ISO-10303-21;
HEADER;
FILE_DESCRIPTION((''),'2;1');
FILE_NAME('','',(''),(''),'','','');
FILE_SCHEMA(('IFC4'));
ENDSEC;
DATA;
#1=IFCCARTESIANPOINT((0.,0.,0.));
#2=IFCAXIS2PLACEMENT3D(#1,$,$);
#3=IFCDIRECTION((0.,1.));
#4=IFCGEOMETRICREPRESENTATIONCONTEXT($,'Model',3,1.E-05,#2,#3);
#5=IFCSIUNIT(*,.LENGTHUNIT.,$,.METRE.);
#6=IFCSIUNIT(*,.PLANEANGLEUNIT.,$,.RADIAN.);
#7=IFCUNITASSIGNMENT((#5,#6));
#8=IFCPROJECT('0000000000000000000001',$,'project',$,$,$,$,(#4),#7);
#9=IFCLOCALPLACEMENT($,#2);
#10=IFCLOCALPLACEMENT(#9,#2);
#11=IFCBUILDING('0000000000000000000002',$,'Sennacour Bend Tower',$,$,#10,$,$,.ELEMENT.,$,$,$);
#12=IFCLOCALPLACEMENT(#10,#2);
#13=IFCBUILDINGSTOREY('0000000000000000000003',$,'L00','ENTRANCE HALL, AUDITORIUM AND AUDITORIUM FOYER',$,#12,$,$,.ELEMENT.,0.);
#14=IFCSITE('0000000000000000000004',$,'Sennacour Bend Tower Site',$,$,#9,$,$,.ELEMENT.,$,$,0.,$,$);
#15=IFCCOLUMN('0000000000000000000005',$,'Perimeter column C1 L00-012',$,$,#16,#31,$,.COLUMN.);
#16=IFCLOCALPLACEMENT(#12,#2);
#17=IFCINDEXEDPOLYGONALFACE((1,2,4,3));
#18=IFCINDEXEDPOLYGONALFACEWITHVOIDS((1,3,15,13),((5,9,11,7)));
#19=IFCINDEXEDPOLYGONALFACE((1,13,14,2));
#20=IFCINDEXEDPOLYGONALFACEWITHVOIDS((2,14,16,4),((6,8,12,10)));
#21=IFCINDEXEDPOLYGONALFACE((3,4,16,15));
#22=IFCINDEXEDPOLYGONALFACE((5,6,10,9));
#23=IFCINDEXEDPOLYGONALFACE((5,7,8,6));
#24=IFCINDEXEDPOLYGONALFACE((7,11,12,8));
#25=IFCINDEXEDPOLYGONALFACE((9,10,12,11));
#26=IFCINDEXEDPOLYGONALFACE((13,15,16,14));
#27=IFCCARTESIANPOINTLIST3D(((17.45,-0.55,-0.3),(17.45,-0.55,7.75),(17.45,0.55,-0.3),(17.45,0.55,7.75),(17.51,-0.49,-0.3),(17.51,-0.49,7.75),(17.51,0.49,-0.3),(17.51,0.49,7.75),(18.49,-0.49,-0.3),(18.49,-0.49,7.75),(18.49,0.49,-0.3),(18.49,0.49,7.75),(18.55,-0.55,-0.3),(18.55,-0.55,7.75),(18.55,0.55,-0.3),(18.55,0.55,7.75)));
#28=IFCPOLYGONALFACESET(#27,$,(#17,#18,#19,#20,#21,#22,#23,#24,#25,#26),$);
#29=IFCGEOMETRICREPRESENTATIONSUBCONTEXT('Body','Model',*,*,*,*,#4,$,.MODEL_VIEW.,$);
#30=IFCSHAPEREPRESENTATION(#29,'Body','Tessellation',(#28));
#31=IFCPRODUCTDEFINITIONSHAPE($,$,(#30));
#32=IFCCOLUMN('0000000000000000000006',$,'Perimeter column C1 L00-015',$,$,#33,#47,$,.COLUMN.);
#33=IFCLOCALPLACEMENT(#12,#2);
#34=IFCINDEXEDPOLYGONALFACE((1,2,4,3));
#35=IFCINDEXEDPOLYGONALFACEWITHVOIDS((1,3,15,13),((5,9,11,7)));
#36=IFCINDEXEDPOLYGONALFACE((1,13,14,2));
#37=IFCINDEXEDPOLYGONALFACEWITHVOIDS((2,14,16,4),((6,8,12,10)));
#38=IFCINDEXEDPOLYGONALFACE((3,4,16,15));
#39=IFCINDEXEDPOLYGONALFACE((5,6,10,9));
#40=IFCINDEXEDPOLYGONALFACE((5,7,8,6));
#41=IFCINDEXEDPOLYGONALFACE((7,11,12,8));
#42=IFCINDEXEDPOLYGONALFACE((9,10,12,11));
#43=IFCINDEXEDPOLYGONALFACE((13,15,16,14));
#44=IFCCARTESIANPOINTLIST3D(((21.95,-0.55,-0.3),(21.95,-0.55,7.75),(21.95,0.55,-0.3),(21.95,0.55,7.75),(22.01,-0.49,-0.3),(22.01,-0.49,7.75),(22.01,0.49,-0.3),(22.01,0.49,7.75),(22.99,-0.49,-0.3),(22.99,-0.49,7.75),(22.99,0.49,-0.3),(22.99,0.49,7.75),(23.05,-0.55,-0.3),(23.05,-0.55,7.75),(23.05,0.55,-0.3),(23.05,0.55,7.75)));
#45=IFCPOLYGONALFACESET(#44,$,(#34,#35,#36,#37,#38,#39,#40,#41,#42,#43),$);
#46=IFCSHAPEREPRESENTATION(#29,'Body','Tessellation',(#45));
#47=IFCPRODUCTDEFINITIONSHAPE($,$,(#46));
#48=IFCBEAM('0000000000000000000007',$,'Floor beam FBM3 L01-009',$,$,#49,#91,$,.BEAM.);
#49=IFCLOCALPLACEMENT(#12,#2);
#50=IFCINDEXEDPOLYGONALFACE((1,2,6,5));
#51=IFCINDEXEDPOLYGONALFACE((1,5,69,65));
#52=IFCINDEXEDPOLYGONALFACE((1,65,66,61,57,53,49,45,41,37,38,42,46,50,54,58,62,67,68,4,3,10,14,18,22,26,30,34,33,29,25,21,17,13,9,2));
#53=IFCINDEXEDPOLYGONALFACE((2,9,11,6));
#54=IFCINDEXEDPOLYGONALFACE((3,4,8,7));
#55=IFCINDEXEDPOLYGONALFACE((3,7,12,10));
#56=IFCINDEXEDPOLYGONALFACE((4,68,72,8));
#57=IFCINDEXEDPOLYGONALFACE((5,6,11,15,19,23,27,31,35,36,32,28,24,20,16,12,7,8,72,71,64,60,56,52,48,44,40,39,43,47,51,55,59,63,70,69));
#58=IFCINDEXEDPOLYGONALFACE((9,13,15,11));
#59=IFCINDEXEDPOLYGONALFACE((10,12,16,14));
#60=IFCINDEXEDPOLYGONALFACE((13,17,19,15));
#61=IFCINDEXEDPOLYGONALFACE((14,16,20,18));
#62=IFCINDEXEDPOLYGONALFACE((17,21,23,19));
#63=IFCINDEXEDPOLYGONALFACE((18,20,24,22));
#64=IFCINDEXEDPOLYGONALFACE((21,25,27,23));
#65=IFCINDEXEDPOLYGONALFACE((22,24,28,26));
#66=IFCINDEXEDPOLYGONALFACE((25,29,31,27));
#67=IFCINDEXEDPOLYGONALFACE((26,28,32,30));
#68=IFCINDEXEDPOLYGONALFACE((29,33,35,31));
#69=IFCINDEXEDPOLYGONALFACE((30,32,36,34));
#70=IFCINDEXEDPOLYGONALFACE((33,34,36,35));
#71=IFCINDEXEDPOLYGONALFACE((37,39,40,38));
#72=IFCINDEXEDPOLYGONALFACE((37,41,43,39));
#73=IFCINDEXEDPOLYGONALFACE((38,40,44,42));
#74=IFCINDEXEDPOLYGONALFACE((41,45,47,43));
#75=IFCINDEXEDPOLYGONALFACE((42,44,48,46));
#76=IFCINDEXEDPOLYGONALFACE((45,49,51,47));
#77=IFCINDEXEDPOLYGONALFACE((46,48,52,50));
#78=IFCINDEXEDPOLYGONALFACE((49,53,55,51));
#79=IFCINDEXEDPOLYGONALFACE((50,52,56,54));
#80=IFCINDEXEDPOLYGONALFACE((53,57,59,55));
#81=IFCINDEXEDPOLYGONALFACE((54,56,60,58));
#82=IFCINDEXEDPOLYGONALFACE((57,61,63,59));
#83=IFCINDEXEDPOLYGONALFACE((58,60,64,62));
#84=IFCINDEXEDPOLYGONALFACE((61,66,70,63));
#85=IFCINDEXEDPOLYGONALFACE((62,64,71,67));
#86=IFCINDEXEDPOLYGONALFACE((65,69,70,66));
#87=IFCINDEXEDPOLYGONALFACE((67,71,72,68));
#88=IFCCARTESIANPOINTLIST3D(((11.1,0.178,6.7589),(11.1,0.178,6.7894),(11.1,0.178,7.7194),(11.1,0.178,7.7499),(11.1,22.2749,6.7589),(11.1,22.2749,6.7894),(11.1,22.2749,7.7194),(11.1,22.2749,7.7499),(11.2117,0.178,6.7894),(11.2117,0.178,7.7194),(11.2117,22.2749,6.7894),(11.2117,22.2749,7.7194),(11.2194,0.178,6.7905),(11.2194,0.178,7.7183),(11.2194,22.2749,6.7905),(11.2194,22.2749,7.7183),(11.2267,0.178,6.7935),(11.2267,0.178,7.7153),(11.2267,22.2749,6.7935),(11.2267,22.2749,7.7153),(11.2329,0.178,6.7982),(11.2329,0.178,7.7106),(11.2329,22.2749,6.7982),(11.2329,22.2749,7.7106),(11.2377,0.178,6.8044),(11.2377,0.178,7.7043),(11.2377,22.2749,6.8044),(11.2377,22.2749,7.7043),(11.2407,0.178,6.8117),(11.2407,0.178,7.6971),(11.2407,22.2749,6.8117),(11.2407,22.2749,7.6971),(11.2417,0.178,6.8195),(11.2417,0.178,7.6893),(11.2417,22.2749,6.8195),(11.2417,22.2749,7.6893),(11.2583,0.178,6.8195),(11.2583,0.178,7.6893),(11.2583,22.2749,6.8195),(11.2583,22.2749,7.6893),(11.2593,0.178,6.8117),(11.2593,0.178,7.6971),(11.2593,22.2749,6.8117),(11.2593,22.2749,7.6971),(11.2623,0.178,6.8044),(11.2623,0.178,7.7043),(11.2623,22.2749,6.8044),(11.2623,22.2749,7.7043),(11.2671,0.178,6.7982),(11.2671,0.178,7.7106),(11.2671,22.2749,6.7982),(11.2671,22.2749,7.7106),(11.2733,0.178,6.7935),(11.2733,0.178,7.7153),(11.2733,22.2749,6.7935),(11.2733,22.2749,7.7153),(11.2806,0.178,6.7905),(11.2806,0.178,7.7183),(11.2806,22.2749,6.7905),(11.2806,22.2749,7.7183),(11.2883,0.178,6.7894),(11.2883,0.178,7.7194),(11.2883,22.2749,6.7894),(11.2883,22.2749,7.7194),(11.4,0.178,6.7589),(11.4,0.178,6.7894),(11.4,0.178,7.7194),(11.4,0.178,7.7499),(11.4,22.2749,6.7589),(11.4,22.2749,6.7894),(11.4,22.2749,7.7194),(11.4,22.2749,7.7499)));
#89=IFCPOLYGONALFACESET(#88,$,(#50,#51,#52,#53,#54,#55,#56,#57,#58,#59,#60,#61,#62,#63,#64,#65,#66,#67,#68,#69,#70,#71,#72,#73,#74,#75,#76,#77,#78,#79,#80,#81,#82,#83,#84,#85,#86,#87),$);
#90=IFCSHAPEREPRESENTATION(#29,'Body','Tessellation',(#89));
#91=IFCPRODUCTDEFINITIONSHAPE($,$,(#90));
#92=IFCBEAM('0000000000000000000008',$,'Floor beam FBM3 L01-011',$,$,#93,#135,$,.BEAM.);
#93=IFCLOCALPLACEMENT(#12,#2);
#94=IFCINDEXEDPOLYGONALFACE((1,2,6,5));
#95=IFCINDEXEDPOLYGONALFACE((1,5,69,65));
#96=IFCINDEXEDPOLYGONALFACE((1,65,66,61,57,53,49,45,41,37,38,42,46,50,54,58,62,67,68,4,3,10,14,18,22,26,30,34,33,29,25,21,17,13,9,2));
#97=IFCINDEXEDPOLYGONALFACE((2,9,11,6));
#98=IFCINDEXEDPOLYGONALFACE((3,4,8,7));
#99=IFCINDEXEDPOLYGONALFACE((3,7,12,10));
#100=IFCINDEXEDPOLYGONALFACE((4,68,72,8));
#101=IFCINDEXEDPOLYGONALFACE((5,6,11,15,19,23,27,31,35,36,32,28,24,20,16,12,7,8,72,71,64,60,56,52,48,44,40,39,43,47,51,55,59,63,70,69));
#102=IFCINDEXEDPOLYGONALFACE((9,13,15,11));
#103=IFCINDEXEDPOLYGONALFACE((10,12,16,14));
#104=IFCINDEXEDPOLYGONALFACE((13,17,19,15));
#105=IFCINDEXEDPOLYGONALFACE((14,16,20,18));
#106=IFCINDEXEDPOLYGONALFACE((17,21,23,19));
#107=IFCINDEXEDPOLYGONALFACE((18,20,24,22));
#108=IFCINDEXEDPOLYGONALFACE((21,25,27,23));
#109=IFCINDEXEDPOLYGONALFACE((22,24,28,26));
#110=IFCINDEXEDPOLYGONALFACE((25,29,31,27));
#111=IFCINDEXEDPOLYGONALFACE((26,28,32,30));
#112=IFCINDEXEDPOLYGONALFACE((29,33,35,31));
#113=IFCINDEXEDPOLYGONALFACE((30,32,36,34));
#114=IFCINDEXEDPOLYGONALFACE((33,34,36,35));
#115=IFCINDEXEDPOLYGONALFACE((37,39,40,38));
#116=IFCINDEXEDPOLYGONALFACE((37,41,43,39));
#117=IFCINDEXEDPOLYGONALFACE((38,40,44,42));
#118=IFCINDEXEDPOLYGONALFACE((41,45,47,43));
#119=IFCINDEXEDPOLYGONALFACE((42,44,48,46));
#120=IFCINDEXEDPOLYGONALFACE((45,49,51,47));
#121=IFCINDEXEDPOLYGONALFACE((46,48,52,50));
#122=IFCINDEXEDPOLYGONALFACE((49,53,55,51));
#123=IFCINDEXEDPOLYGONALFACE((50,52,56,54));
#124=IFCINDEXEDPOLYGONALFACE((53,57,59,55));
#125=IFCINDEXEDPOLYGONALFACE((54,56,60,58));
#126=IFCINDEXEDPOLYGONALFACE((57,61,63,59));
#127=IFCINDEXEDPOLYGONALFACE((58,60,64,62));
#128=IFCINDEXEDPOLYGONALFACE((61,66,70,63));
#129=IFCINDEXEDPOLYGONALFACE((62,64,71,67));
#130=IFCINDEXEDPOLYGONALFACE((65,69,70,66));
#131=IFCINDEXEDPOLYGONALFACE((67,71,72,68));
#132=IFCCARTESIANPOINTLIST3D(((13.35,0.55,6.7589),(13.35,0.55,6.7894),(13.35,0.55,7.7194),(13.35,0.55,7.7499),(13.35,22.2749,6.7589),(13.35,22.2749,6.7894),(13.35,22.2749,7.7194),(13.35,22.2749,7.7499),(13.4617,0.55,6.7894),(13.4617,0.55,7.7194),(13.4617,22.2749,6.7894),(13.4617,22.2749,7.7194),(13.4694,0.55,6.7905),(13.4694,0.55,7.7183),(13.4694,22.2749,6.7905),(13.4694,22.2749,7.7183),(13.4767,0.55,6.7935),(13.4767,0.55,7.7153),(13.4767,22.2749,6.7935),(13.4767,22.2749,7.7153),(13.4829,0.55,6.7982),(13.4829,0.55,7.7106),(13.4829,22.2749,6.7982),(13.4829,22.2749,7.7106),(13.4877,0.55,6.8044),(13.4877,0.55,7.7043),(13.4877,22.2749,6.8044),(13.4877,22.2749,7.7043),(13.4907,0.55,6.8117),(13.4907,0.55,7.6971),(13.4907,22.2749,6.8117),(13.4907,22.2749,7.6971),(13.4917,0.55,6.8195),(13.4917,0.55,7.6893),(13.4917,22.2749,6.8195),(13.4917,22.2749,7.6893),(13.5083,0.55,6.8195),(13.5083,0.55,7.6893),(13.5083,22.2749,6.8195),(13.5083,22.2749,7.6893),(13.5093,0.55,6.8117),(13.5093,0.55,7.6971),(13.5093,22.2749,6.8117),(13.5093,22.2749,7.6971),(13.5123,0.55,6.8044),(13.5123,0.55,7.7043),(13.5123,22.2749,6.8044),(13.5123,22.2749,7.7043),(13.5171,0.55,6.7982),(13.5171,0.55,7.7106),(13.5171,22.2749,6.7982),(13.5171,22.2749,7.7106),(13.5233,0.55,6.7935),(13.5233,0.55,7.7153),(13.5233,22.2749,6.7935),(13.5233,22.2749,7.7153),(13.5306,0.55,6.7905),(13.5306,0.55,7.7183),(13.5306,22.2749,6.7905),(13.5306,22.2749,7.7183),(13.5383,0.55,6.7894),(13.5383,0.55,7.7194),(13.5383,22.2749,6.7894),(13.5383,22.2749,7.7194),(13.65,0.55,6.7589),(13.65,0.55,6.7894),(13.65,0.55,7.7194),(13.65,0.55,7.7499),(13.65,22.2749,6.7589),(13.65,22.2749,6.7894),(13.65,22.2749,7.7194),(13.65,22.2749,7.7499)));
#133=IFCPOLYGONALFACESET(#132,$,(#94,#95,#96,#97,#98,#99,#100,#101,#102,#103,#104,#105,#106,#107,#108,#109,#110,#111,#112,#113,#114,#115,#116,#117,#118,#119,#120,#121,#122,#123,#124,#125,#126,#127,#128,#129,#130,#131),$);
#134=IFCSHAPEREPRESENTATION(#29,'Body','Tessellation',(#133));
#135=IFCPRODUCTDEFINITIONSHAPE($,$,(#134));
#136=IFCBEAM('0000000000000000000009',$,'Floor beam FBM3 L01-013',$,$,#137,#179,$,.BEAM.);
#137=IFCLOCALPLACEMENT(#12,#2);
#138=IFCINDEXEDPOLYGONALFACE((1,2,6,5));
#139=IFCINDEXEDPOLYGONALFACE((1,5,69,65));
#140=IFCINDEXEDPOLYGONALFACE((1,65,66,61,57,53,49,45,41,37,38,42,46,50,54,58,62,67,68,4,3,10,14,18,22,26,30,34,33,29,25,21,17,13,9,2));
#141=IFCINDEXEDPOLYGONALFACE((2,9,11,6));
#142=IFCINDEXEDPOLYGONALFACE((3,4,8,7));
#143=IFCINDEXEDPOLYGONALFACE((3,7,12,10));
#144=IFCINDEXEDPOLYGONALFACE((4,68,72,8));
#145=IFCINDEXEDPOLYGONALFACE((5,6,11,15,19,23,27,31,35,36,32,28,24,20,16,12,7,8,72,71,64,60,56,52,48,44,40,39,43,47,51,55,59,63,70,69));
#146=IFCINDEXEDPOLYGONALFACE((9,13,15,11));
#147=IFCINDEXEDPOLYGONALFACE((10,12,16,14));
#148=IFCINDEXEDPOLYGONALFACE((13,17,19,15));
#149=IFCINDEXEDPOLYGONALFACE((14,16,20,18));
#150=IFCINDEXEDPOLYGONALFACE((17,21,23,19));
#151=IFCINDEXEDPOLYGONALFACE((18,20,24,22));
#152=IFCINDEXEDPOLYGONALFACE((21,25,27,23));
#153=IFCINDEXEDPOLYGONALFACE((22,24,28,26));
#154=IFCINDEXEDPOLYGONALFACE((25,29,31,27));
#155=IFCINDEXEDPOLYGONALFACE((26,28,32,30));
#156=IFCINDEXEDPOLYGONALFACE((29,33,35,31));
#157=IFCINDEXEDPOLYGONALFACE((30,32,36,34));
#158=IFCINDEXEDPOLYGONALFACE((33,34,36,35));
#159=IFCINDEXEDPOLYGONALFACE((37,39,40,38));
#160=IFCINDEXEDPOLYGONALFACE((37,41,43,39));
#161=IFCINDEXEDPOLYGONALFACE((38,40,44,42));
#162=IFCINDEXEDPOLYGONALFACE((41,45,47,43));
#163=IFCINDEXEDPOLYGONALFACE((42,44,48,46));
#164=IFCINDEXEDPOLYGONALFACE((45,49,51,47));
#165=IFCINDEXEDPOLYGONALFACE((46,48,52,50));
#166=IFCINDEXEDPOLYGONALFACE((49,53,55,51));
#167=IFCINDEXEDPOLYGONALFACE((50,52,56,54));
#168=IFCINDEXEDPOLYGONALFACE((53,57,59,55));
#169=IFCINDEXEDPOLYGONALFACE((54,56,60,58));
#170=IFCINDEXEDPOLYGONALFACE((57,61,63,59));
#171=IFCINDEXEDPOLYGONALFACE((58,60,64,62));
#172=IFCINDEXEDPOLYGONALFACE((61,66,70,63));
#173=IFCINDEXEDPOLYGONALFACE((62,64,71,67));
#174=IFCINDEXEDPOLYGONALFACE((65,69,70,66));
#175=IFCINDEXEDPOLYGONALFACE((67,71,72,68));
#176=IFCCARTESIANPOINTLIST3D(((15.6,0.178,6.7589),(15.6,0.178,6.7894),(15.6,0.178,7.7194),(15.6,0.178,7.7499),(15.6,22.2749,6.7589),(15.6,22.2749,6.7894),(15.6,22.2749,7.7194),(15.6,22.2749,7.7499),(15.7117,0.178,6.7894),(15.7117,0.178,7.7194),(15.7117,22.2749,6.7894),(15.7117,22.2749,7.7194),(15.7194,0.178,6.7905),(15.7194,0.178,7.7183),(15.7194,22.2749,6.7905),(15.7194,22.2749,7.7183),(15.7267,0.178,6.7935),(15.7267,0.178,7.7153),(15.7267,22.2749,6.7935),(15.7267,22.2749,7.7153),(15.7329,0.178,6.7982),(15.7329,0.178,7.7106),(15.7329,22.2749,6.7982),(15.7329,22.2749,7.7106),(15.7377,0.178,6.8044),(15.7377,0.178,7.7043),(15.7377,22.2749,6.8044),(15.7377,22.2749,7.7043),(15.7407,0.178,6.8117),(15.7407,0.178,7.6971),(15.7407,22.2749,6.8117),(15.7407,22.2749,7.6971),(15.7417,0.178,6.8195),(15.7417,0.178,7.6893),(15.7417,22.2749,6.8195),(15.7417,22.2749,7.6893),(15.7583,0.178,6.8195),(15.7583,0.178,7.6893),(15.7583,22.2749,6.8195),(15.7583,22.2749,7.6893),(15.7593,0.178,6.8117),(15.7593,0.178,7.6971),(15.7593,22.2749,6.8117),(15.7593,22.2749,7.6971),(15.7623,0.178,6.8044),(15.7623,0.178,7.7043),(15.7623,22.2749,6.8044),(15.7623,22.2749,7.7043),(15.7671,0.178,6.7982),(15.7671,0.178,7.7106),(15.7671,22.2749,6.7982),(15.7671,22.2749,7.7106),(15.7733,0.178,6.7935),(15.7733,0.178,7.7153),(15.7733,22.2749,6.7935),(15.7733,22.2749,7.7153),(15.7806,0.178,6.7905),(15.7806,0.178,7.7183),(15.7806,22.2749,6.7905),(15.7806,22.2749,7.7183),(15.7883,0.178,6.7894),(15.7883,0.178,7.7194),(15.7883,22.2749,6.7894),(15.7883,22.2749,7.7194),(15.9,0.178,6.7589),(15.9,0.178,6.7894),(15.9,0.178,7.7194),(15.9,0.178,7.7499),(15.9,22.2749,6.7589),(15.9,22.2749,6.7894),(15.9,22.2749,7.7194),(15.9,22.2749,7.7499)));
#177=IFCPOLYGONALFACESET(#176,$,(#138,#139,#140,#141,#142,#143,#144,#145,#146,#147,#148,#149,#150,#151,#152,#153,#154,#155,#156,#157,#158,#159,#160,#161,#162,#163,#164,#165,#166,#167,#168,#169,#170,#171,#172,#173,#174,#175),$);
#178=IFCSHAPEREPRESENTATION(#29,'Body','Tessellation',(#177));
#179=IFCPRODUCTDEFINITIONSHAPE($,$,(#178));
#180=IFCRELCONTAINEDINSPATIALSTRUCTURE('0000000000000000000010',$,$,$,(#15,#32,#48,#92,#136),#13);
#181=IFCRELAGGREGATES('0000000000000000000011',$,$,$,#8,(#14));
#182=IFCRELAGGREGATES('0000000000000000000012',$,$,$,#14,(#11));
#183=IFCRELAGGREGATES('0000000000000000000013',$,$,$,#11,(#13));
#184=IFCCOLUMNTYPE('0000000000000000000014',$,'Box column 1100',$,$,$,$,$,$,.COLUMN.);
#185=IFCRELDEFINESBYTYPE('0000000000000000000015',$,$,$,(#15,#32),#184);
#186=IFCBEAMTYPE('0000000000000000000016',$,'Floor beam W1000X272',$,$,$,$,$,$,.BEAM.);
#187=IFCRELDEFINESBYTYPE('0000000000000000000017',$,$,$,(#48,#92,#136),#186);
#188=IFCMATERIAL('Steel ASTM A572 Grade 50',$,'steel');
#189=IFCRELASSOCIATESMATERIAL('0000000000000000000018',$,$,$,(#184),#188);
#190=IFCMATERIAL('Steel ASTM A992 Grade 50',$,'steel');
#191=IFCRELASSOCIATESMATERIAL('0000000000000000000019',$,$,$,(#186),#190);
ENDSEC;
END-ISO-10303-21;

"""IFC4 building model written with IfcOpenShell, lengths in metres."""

from ifc_helpers import new_model, si_unit, direction, frame, origin, origin_2d, place, context, subcontext, project, spatial, hollow_rectangle, i_section, extrude, material, material_profile, profile_set, type_object, element, save


model = new_model("IFC4")

# Units and contexts
model_context = context("Model", 3, precision=1e-05, world=origin(), true_north=direction((0.0, 1.0)))
body_context = subcontext(model_context, "Body", "Model", "MODEL_VIEW")
ifc_project = project(units=[si_unit("LENGTHUNIT", "METRE"), si_unit("PLANEANGLEUNIT", "RADIAN")], contexts=[model_context])

# Site, building, storey
site_placement = place(None, origin())
site = spatial("IfcSite", under=ifc_project, at=site_placement, Name="Sennacour Bend Tower Site", CompositionType="ELEMENT", RefElevation=0.0)
building_placement = place(site_placement, origin())
building = spatial("IfcBuilding", under=site, at=building_placement, Name="Sennacour Bend Tower", CompositionType="ELEMENT")
storey_placement = place(building_placement, origin())
storey = spatial("IfcBuildingStorey", under=building, at=storey_placement, Name="L00", Description="ENTRANCE HALL, AUDITORIUM AND AUDITORIUM FOYER", CompositionType="ELEMENT", Elevation=0.0)

# Columns
ifc_material_1 = material(Name="Steel ASTM A572 Grade 50", Category="steel")
ifc_material_profile_1 = material_profile(ifc_material_1, hollow_rectangle(XDim=1.1001, YDim=1.1001, WallThickness=0.0601, at=origin_2d()), Name="Steel ASTM A572 Grade 50", Category="steel")
ifc_profile_set_1 = profile_set([ifc_material_profile_1], Name="Steel ASTM A572 Grade 50")
column_type = type_object("IfcColumnType", Name="Box column 1100", PredefinedType="COLUMN", material=ifc_profile_set_1)
for number, where, z_axis, x_axis, name in (
    (1, (18.0, 0.0, -0.3), (0.0, 0.0, 1.0), (1.0, 0.0, 0.0), "Perimeter column C1 L00-012"),
    (2, (22.5, 0.0, -0.3), (0.0, 0.0, 1.0), (1.0, 0.0, 0.0), "Perimeter column C1 L00-015"),
):
    element("IfcColumn", number, at=place(storey_placement, frame(where, z_axis=z_axis, x_axis=x_axis)), inside=storey, type_object=column_type, Name=name, PredefinedType="COLUMN", context=body_context, shape_type="SweptSolid", body=[
        extrude(hollow_rectangle(XDim=1.1001, YDim=1.1001, WallThickness=0.0601, at=origin_2d()), origin(), (0.0, 0.0, 1.0), 8.05),
    ])

# Beams
ifc_material_2 = material(Name="Steel ASTM A992 Grade 50", Category="steel")
ifc_material_profile_2 = material_profile(ifc_material_2, i_section(OverallWidth=0.3, OverallDepth=0.991, WebThickness=0.0166, FlangeThickness=0.0305, FilletRadius=0.03, at=origin_2d()), Name="Steel ASTM A992 Grade 50", Category="steel")
ifc_profile_set_2 = profile_set([ifc_material_profile_2], Name="Steel ASTM A992 Grade 50")
beam_type_1 = type_object("IfcBeamType", Name="Floor beam W1000X272", PredefinedType="BEAM", material=ifc_profile_set_2)
beam_1_placement = place(storey_placement, frame((11.25, 0.178, 7.2544), z_axis=(0.0, 1.0, 0.0), x_axis=(-1.0, 0.0, 0.0)))
element("IfcBeam", 3, at=beam_1_placement, inside=storey, type_object=beam_type_1, Name="Floor beam FBM3 L01-009", PredefinedType="BEAM", context=body_context, shape_type="SweptSolid", body=[
    extrude(i_section(OverallWidth=0.3, OverallDepth=0.991, WebThickness=0.0166, FlangeThickness=0.0305, FilletRadius=0.03, at=origin_2d()), origin(), (0.0, 0.0, 1.0), 22.0969),
])
beam_2_placement = place(storey_placement, frame((13.5, 0.55, 7.2544), z_axis=(0.0, 1.0, 0.0), x_axis=(-1.0, 0.0, 0.0)))
element("IfcBeam", 4, at=beam_2_placement, inside=storey, type_object=beam_type_1, Name="Floor beam FBM3 L01-011", PredefinedType="BEAM", context=body_context, shape_type="SweptSolid", body=[
    extrude(i_section(OverallWidth=0.3, OverallDepth=0.991, WebThickness=0.0166, FlangeThickness=0.0305, FilletRadius=0.03, at=origin_2d()), origin(), (0.0, 0.0, 1.0), 21.7249),
])
beam_3_placement = place(storey_placement, frame((15.75, 0.178, 7.2544), z_axis=(0.0, 1.0, 0.0), x_axis=(-1.0, 0.0, 0.0)))
element("IfcBeam", 5, at=beam_3_placement, inside=storey, type_object=beam_type_1, Name="Floor beam FBM3 L01-013", PredefinedType="BEAM", context=body_context, shape_type="SweptSolid", body=[
    extrude(i_section(OverallWidth=0.3, OverallDepth=0.991, WebThickness=0.0166, FlangeThickness=0.0305, FilletRadius=0.03, at=origin_2d()), origin(), (0.0, 0.0, 1.0), 22.0969),
])

save(model, "model.ifc")
